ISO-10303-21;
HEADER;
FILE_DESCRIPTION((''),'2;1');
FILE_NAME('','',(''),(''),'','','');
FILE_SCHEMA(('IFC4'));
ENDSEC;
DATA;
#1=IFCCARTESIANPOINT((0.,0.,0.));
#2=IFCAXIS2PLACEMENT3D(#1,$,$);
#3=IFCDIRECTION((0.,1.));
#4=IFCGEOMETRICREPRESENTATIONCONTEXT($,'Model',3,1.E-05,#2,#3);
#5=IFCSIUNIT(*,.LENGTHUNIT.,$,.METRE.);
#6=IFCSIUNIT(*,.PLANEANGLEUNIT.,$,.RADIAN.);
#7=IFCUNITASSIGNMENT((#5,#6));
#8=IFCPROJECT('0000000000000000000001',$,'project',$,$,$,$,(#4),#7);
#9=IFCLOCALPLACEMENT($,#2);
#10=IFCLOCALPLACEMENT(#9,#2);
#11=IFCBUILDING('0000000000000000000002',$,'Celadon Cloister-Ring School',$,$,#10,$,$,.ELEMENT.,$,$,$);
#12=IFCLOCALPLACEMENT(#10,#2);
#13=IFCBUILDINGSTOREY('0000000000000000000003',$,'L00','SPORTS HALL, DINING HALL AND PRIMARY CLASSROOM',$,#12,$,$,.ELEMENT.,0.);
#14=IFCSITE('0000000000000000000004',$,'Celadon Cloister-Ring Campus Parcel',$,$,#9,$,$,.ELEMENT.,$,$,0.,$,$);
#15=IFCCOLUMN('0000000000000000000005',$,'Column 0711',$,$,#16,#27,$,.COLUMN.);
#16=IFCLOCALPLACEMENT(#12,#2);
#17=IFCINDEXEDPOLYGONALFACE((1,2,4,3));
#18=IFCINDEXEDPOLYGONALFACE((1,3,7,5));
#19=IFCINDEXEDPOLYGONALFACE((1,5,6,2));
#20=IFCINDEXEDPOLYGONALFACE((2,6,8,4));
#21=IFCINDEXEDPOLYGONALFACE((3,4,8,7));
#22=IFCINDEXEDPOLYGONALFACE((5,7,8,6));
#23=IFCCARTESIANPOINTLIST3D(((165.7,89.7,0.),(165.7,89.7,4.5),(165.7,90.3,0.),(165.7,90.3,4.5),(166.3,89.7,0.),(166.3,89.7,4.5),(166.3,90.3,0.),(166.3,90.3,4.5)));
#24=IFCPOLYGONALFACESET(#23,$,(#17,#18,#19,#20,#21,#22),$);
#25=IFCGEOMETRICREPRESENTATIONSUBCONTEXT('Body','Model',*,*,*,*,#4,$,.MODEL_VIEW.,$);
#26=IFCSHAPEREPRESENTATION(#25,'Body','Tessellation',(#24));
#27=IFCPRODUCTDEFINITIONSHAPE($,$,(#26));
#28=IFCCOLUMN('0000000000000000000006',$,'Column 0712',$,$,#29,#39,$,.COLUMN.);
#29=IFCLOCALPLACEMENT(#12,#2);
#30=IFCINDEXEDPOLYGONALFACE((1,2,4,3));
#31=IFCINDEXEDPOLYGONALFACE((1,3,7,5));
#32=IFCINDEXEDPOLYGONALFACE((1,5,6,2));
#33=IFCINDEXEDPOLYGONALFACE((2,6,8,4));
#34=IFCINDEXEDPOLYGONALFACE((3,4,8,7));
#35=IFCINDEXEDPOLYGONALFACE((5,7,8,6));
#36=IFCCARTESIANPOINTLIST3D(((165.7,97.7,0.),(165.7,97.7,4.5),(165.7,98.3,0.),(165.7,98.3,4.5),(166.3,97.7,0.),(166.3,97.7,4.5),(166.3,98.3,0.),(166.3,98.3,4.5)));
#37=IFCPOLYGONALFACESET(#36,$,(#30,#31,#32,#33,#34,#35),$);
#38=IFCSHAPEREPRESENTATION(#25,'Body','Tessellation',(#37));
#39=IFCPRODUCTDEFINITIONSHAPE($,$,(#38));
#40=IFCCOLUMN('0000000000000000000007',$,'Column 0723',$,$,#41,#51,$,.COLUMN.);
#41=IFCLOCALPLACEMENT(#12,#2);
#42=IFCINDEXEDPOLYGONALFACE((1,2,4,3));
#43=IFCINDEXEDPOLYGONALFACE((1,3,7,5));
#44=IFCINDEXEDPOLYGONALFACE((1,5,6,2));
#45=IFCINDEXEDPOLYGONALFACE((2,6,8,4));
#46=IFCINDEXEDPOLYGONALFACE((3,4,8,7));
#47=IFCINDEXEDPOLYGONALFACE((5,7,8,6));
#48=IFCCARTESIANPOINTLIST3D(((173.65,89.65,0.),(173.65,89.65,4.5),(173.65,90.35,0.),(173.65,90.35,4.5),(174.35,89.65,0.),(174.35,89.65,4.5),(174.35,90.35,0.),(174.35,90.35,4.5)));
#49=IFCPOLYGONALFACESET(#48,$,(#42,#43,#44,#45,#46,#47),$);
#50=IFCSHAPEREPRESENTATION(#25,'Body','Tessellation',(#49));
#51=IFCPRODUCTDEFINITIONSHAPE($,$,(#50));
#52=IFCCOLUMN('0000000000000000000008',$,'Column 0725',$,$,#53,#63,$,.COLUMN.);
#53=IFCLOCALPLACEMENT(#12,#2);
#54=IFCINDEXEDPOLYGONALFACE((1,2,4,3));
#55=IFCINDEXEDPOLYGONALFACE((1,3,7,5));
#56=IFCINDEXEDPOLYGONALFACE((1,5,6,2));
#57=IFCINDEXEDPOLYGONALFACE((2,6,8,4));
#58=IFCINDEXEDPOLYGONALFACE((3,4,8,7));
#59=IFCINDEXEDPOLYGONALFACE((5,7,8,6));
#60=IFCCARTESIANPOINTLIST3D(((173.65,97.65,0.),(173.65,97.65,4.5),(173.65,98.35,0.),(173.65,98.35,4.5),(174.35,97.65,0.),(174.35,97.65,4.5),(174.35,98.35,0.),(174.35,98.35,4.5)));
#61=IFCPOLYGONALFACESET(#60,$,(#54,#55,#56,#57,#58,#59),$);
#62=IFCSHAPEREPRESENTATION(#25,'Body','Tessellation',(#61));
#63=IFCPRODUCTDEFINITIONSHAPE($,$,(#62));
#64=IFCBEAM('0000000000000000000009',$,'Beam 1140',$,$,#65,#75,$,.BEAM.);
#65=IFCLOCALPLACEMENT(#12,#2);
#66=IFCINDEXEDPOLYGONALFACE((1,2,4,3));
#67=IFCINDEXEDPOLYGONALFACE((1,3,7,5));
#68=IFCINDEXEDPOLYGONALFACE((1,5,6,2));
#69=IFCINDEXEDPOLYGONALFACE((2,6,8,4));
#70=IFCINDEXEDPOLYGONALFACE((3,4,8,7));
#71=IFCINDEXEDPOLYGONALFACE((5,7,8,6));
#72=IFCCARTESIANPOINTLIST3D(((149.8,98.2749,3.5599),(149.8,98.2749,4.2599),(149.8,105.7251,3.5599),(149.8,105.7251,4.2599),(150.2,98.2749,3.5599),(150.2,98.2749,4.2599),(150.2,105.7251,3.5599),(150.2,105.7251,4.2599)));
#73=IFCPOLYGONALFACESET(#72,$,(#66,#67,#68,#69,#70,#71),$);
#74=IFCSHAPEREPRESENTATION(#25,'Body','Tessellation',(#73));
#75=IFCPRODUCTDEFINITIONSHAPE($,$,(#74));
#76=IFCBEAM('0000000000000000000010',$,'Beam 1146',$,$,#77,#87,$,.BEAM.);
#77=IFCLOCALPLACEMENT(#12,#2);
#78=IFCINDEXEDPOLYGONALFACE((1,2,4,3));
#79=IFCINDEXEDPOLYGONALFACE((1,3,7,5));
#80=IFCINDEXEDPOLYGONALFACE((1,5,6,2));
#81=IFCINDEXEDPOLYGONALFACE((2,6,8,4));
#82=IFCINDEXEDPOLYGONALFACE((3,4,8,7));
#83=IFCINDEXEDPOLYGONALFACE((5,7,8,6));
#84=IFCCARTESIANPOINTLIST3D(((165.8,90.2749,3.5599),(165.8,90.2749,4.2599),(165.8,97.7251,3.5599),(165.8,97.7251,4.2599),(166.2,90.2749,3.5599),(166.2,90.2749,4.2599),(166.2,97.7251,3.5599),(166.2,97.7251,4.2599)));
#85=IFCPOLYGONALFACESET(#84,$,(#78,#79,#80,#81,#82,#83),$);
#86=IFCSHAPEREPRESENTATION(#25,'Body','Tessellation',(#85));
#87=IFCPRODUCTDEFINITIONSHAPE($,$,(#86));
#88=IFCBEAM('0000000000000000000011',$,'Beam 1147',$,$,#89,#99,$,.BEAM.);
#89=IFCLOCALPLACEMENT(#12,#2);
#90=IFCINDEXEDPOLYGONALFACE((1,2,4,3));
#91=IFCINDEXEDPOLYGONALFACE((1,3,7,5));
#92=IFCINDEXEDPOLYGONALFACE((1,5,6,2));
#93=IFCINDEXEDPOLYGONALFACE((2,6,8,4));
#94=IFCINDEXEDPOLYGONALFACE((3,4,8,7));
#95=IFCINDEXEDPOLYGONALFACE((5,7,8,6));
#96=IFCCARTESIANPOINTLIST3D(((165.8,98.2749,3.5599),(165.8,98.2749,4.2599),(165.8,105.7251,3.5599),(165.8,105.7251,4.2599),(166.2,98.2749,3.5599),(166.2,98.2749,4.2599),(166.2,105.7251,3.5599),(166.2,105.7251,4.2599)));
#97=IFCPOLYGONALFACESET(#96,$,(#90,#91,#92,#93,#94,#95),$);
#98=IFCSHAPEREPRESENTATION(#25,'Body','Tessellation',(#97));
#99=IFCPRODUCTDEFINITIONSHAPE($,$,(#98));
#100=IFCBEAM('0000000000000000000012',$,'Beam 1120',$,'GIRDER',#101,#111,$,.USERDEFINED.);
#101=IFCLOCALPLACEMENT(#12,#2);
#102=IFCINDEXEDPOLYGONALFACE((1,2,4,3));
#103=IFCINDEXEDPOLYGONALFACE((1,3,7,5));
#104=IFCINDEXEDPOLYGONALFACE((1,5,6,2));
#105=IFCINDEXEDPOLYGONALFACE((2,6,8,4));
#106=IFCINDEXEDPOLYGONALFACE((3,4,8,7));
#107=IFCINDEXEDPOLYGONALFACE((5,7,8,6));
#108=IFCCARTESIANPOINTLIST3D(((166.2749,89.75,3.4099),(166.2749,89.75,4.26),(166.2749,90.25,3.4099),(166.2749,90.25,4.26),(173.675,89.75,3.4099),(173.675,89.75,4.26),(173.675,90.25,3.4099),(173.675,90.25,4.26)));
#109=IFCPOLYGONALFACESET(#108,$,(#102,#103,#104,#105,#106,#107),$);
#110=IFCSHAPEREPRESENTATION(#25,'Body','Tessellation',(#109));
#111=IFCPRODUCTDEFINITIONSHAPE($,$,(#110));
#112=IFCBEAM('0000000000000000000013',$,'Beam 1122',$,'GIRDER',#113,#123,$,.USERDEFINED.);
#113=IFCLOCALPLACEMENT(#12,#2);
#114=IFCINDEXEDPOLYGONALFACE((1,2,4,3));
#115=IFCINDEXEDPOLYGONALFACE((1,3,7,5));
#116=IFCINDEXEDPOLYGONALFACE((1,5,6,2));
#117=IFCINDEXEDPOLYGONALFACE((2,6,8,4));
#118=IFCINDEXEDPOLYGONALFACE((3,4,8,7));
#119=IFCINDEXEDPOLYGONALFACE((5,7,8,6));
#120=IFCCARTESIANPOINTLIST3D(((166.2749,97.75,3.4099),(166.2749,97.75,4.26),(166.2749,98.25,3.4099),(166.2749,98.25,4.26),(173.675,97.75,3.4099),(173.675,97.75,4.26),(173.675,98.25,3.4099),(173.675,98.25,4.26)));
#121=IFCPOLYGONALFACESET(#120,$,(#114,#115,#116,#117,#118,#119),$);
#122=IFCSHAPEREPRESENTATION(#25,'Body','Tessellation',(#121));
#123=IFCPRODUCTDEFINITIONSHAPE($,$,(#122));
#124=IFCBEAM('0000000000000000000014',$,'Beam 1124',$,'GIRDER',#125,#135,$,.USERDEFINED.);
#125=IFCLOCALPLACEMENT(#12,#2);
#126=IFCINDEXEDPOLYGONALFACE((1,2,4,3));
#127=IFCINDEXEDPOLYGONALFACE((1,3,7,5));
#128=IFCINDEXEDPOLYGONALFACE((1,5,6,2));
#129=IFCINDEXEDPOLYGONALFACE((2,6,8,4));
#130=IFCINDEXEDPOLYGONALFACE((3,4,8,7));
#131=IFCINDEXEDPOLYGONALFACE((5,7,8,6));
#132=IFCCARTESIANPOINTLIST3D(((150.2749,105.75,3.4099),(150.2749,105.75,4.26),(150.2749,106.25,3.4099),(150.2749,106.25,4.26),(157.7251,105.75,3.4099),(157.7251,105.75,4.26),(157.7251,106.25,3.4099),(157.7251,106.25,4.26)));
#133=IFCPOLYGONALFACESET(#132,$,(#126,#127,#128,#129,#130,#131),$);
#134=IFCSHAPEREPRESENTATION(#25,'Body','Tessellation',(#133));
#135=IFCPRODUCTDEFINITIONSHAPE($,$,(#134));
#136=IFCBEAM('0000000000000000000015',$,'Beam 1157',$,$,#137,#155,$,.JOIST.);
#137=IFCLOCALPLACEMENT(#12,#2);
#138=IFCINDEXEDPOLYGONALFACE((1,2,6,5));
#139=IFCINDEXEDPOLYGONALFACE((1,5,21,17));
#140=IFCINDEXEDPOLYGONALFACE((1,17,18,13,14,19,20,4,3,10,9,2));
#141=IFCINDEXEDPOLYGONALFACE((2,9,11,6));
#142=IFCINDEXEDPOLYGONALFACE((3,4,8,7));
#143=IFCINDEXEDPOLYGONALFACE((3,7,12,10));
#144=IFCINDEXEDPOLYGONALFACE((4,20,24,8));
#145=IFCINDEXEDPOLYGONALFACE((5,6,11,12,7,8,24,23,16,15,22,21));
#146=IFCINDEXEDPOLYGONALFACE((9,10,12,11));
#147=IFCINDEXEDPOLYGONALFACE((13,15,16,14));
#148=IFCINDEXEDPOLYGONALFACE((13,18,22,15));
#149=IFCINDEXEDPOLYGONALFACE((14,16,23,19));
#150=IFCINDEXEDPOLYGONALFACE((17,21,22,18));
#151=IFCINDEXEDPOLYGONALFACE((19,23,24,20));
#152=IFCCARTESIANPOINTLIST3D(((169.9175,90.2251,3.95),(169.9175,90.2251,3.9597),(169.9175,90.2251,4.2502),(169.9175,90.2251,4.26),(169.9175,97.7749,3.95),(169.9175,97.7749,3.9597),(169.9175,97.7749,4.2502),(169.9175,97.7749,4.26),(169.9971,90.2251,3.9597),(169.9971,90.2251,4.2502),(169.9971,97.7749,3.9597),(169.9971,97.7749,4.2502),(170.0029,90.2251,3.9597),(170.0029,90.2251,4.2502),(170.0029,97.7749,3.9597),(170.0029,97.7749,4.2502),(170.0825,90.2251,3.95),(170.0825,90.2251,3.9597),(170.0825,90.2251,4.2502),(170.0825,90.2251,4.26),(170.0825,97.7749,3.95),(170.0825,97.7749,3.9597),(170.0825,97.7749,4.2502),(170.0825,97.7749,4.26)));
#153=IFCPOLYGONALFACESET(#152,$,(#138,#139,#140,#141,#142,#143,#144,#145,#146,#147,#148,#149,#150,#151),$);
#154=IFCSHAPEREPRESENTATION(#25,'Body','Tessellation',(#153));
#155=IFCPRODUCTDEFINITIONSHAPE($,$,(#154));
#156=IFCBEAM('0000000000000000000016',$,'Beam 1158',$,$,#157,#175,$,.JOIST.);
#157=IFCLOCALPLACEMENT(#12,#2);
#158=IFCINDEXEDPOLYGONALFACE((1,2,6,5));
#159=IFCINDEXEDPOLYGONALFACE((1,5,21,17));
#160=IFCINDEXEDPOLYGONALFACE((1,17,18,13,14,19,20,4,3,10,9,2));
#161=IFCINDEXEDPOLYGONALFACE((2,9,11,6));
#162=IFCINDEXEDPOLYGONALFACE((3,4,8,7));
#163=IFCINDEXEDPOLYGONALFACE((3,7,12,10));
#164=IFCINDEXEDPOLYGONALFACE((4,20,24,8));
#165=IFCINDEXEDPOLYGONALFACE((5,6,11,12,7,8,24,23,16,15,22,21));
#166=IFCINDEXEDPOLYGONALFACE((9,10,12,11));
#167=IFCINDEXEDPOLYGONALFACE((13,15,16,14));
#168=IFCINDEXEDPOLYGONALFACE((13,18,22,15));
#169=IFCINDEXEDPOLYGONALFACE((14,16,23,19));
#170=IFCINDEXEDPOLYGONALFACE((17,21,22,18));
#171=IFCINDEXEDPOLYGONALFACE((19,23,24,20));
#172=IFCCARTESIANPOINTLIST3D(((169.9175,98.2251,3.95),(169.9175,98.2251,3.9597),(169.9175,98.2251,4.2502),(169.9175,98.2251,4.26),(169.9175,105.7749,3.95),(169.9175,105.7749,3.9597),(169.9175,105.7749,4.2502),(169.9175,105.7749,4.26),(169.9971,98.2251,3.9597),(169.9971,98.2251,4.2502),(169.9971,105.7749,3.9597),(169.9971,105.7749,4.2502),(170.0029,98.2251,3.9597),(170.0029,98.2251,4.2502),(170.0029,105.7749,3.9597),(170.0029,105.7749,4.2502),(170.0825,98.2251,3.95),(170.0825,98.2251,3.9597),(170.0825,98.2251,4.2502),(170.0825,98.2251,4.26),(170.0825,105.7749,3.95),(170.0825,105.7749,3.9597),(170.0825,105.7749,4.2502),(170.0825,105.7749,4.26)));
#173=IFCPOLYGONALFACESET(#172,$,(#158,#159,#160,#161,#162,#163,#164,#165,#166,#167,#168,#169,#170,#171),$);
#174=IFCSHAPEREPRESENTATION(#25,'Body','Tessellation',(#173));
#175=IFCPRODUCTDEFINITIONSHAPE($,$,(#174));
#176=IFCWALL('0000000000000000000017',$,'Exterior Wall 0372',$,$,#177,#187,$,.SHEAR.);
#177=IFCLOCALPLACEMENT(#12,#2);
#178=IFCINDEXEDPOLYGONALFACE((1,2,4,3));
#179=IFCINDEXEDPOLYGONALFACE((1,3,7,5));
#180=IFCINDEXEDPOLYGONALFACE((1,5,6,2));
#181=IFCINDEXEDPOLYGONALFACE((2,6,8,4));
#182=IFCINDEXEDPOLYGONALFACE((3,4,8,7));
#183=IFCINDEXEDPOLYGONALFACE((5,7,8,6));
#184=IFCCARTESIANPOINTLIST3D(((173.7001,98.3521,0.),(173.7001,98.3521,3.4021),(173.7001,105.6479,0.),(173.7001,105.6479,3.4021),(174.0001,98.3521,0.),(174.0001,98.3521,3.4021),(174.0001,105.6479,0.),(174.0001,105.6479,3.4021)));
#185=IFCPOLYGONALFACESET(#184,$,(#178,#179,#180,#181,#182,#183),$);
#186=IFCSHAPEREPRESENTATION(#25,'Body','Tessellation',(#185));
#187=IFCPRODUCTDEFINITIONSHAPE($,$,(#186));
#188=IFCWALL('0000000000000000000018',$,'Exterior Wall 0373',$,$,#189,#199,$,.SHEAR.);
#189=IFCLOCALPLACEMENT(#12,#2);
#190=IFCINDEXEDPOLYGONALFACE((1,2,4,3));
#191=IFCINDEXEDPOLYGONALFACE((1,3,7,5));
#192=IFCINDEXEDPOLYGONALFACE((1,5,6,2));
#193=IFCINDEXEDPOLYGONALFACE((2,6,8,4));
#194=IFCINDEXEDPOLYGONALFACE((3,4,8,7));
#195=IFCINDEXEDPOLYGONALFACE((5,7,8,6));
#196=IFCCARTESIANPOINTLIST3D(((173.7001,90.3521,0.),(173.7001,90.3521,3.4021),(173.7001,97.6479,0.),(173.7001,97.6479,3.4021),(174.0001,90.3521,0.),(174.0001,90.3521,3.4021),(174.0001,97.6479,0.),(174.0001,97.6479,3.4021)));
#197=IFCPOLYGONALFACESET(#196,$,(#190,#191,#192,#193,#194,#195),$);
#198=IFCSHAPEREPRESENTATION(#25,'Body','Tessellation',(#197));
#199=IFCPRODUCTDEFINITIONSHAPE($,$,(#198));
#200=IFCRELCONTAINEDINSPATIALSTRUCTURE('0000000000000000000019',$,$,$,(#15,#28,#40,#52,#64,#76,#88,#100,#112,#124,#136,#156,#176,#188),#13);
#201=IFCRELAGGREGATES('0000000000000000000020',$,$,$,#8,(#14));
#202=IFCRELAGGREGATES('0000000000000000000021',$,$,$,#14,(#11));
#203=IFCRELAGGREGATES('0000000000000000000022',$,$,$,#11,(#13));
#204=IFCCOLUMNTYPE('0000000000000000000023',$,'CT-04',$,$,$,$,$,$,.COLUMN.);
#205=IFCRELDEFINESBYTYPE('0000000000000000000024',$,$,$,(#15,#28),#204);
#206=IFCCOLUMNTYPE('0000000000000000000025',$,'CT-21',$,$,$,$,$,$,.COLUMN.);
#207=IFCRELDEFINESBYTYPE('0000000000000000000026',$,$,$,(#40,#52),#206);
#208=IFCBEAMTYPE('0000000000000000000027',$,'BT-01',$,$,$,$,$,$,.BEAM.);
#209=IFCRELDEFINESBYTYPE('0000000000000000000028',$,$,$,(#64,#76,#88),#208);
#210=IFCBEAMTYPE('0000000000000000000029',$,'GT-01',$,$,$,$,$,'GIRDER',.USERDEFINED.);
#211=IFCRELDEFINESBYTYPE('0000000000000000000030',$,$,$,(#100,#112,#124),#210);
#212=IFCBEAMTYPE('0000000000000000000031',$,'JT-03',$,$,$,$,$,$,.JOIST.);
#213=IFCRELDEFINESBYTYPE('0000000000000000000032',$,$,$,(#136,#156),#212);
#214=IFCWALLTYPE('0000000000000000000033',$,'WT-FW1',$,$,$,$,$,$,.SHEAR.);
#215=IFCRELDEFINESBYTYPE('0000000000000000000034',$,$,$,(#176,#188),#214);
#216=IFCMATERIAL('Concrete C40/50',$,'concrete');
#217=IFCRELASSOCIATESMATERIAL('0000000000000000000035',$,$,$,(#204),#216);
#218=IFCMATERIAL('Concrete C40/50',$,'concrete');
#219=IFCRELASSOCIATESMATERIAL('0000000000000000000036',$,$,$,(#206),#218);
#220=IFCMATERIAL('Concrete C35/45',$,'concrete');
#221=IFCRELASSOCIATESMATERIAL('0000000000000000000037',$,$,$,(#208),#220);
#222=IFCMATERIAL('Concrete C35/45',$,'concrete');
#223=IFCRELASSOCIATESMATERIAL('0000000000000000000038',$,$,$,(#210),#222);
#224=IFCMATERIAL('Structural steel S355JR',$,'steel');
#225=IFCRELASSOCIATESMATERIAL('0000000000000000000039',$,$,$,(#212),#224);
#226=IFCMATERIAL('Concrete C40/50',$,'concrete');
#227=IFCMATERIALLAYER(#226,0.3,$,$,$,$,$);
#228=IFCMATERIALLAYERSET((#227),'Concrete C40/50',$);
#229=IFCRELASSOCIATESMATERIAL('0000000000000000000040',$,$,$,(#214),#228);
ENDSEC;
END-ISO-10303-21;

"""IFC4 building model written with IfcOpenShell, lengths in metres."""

from ifc_helpers import new_model, si_unit, direction, frame, frame_2d, origin, origin_2d, place, context, subcontext, project, spatial, rectangle, i_section, extrude, material, layer, layer_set, material_profile, profile_set, type_object, element, save


model = new_model("IFC4")

# Units and contexts
model_context = context("Model", 3, precision=1e-05, world=origin(), true_north=direction((0.0, 1.0)))
body_context = subcontext(model_context, "Body", "Model", "MODEL_VIEW")
ifc_project = project(units=[si_unit("LENGTHUNIT", "METRE"), si_unit("PLANEANGLEUNIT", "RADIAN")], contexts=[model_context])

# Site, building, storey
site_placement = place(None, origin())
site = spatial("IfcSite", under=ifc_project, at=site_placement, Name="Celadon Cloister-Ring Campus Parcel", CompositionType="ELEMENT", RefElevation=0.0)
building_placement = place(site_placement, origin())
building = spatial("IfcBuilding", under=site, at=building_placement, Name="Celadon Cloister-Ring School", CompositionType="ELEMENT")
storey_placement = place(building_placement, origin())
storey = spatial("IfcBuildingStorey", under=building, at=storey_placement, Name="L00", Description="SPORTS HALL, DINING HALL AND PRIMARY CLASSROOM", CompositionType="ELEMENT", Elevation=0.0)

# Columns
ifc_material_1 = material(Name="Concrete C40/50", Category="concrete")
ifc_material_profile_1 = material_profile(ifc_material_1, rectangle(XDim=0.6001, YDim=0.6001, at=origin_2d()), Name="RC600X600")
ifc_profile_set_1 = profile_set([ifc_material_profile_1], Name="Concrete C40/50")
column_type_1 = type_object("IfcColumnType", Name="CT-04", PredefinedType="COLUMN", material=ifc_profile_set_1)
for number, where, z_axis, x_axis, name in (
    (1, (166.0, 90.0, 0.0), (0.0, 0.0, 1.0), (1.0, 0.0, 0.0), "Column 0711"),
    (2, (166.0, 98.0, 0.0), (0.0, 0.0, 1.0), (1.0, 0.0, 0.0), "Column 0712"),
):
    element("IfcColumn", number, at=place(storey_placement, frame(where, z_axis=z_axis, x_axis=x_axis)), inside=storey, type_object=column_type_1, Name=name, PredefinedType="COLUMN", context=body_context, shape_type="SweptSolid", body=[
        extrude(rectangle(XDim=0.6001, YDim=0.6001, at=origin_2d()), origin(), (0.0, 0.0, 1.0), 4.5),
    ])
ifc_material_2 = material(Name="Concrete C40/50", Category="concrete")
ifc_material_profile_2 = material_profile(ifc_material_2, rectangle(XDim=0.7, YDim=0.7, at=origin_2d()), Name="RC700X700")
ifc_profile_set_2 = profile_set([ifc_material_profile_2], Name="Concrete C40/50")
column_type_2 = type_object("IfcColumnType", Name="CT-21", PredefinedType="COLUMN", material=ifc_profile_set_2)
for number, where, z_axis, x_axis, name in (
    (3, (174.0, 90.0, 0.0), (0.0, 0.0, 1.0), (1.0, 0.0, 0.0), "Column 0723"),
    (4, (174.0, 98.0, 0.0), (0.0, 0.0, 1.0), (1.0, 0.0, 0.0), "Column 0725"),
):
    element("IfcColumn", number, at=place(storey_placement, frame(where, z_axis=z_axis, x_axis=x_axis)), inside=storey, type_object=column_type_2, Name=name, PredefinedType="COLUMN", context=body_context, shape_type="SweptSolid", body=[
        extrude(rectangle(XDim=0.7, YDim=0.7, at=origin_2d()), origin(), (0.0, 0.0, 1.0), 4.5),
    ])

# Beams
ifc_material_3 = material(Name="Concrete C35/45", Category="concrete")
ifc_material_profile_3 = material_profile(ifc_material_3, rectangle(XDim=0.3999, YDim=0.7, at=origin_2d()), Name="RC400X700")
ifc_profile_set_3 = profile_set([ifc_material_profile_3], Name="Concrete C35/45")
beam_type_1 = type_object("IfcBeamType", Name="BT-01", PredefinedType="BEAM", material=ifc_profile_set_3)
for number, where, z_axis, x_axis, name in (
    (5, (150.0, 98.2749, 3.9099), (0.0, 1.0, 0.0), (-1.0, 0.0, 0.0), "Beam 1140"),
    (6, (166.0, 90.2749, 3.9099), (0.0, 1.0, 0.0), (-1.0, 0.0, 0.0), "Beam 1146"),
    (7, (166.0, 98.2749, 3.9099), (0.0, 1.0, 0.0), (-1.0, 0.0, 0.0), "Beam 1147"),
):
    element("IfcBeam", number, at=place(storey_placement, frame(where, z_axis=z_axis, x_axis=x_axis)), inside=storey, type_object=beam_type_1, Name=name, PredefinedType="BEAM", context=body_context, shape_type="SweptSolid", body=[
        extrude(rectangle(XDim=0.3999, YDim=0.7, at=origin_2d()), origin(), (0.0, 0.0, 1.0), 7.4502),
    ])
ifc_material_4 = material(Name="Concrete C35/45", Category="concrete")
ifc_material_profile_4 = material_profile(ifc_material_4, rectangle(XDim=0.5, YDim=0.8501, at=origin_2d()), Name="RC500X850")
ifc_profile_set_4 = profile_set([ifc_material_profile_4], Name="Concrete C35/45")
beam_type_2 = type_object("IfcBeamType", Name="GT-01", ElementType="GIRDER", PredefinedType="USERDEFINED", material=ifc_profile_set_4)
for number, where, z_axis, x_axis, name in (
    (8, (166.2749, 90.0, 3.835), (1.0, 0.0, 0.0), (0.0, 1.0, 0.0), "Beam 1120"),
    (9, (166.2749, 98.0, 3.835), (1.0, 0.0, 0.0), (0.0, 1.0, 0.0), "Beam 1122"),
):
    element("IfcBeam", number, at=place(storey_placement, frame(where, z_axis=z_axis, x_axis=x_axis)), inside=storey, type_object=beam_type_2, Name=name, ObjectType="GIRDER", PredefinedType="USERDEFINED", context=body_context, shape_type="SweptSolid", body=[
        extrude(rectangle(XDim=0.5, YDim=0.8501, at=origin_2d()), origin(), (0.0, 0.0, 1.0), 7.4001),
    ])
beam_placement = place(storey_placement, frame((150.2749, 106.0, 3.835), z_axis=(1.0, 0.0, 0.0), x_axis=(0.0, 1.0, 0.0)))
element("IfcBeam", 10, at=beam_placement, inside=storey, type_object=beam_type_2, Name="Beam 1124", ObjectType="GIRDER", PredefinedType="USERDEFINED", context=body_context, shape_type="SweptSolid", body=[
    extrude(rectangle(XDim=0.5, YDim=0.8501, at=origin_2d()), origin(), (0.0, 0.0, 1.0), 7.4502),
])
ifc_material_5 = material(Name="Structural steel S355JR", Category="steel")
ifc_material_profile_5 = material_profile(ifc_material_5, i_section(OverallWidth=0.165, OverallDepth=0.3101, WebThickness=0.0059, FlangeThickness=0.0098, at=origin_2d()), Name="W310X39")
ifc_profile_set_5 = profile_set([ifc_material_profile_5], Name="Structural steel S355JR")
beam_type_3 = type_object("IfcBeamType", Name="JT-03", PredefinedType="JOIST", material=ifc_profile_set_5)
for number, where, z_axis, x_axis, name in (
    (11, (170.0, 90.2251, 4.105), (0.0, 1.0, 0.0), (-1.0, 0.0, 0.0), "Beam 1157"),
    (12, (170.0, 98.2251, 4.105), (0.0, 1.0, 0.0), (-1.0, 0.0, 0.0), "Beam 1158"),
):
    element("IfcBeam", number, at=place(storey_placement, frame(where, z_axis=z_axis, x_axis=x_axis)), inside=storey, type_object=beam_type_3, Name=name, PredefinedType="JOIST", context=body_context, shape_type="SweptSolid", body=[
        extrude(i_section(OverallWidth=0.165, OverallDepth=0.3101, WebThickness=0.0059, FlangeThickness=0.0098, at=origin_2d()), origin(), (0.0, 0.0, 1.0), 7.5498),
    ])

# Walls
ifc_material_6 = material(Name="Concrete C40/50", Category="concrete")
ifc_layer = layer(ifc_material_6, 0.3)
ifc_layer_set = layer_set([ifc_layer], Name="Concrete C40/50")
wall_type = type_object("IfcWallType", Name="WT-FW1", PredefinedType="SHEAR", material=ifc_layer_set)
for number, where, z_axis, x_axis, name in (
    (13, (173.8501, 105.6479, 0.0), (0.0, 0.0, 1.0), (0.0, -1.0, 0.0), "Exterior Wall 0372"),
    (14, (173.8501, 97.6479, 0.0), (0.0, 0.0, 1.0), (0.0, -1.0, 0.0), "Exterior Wall 0373"),
):
    element("IfcWall", number, at=place(storey_placement, frame(where, z_axis=z_axis, x_axis=x_axis)), inside=storey, type_object=wall_type, Name=name, PredefinedType="SHEAR", context=body_context, shape_type="SweptSolid", body=[
        extrude(rectangle(XDim=7.2959, YDim=0.3, at=frame_2d((3.6479, 0.0))), origin(), (0.0, 0.0, 1.0), 3.4021),
    ])

save(model, "model.ifc")
